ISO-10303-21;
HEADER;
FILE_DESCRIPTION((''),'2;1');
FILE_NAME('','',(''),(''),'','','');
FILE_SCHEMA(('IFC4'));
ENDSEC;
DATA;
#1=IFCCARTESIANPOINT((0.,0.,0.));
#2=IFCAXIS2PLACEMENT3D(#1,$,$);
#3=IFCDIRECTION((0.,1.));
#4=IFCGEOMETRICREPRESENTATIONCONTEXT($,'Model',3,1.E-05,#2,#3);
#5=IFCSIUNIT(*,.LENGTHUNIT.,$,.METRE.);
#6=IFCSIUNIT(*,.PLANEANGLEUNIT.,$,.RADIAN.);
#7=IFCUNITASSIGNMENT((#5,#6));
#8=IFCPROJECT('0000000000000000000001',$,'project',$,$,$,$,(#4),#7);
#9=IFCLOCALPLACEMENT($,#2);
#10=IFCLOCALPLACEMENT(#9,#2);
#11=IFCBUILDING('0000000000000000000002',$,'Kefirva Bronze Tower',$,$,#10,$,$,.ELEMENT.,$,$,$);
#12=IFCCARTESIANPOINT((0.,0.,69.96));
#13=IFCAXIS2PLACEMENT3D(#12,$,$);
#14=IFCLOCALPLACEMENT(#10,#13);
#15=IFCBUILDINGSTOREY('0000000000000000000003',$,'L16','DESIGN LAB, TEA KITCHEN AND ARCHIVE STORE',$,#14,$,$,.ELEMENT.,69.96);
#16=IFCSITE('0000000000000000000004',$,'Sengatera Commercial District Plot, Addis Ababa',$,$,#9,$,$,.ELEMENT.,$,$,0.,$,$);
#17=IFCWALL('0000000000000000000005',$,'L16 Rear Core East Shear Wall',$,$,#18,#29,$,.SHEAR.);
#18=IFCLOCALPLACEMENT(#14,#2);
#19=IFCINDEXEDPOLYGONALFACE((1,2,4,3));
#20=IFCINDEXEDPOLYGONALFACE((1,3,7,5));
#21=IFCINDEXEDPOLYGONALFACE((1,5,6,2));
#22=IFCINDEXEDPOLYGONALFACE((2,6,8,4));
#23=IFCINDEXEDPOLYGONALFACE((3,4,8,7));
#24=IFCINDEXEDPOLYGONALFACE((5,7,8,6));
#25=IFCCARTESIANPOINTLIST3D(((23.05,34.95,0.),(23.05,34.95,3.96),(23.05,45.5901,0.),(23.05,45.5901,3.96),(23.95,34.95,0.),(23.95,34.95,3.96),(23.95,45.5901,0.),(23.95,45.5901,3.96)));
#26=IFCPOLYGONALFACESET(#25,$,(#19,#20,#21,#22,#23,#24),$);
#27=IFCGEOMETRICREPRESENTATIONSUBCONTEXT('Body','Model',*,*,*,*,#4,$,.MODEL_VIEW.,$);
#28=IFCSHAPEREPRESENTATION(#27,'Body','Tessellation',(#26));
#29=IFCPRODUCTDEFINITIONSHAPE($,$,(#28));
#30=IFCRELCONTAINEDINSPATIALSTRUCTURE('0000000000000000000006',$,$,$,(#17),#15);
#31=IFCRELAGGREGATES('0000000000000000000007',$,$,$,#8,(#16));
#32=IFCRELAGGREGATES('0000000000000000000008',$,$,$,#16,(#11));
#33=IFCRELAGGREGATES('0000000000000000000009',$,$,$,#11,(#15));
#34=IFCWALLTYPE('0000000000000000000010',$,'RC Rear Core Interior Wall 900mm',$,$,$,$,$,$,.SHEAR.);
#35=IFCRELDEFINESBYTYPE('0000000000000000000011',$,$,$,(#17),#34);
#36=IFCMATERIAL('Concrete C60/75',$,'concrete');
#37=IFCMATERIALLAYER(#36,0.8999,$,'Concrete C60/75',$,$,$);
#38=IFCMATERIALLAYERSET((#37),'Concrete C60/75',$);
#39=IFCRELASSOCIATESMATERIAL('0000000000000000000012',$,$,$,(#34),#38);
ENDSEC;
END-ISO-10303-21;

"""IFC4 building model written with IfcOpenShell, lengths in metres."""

from ifc_helpers import new_model, si_unit, direction, frame, frame_2d, origin, place, context, subcontext, project, spatial, rectangle, extrude, material, layer, layer_set, type_object, element, save


model = new_model("IFC4")

# Units and contexts
model_context = context("Model", 3, precision=1e-05, world=origin(), true_north=direction((0.0, 1.0)))
body_context = subcontext(model_context, "Body", "Model", "MODEL_VIEW")
ifc_project = project(units=[si_unit("LENGTHUNIT", "METRE"), si_unit("PLANEANGLEUNIT", "RADIAN")], contexts=[model_context])

# Site, building, storey
site_placement = place(None, origin())
site = spatial("IfcSite", under=ifc_project, at=site_placement, Name="Sengatera Commercial District Plot, Addis Ababa", CompositionType="ELEMENT", RefElevation=0.0)
building_placement = place(site_placement, origin())
building = spatial("IfcBuilding", under=site, at=building_placement, Name="Kefirva Bronze Tower", CompositionType="ELEMENT")
storey_placement = place(building_placement, frame((0.0, 0.0, 69.96)))
storey = spatial("IfcBuildingStorey", under=building, at=storey_placement, Name="L16", Description="DESIGN LAB, TEA KITCHEN AND ARCHIVE STORE", CompositionType="ELEMENT", Elevation=69.96)

# Shared definitions
ifc_material_1 = material(Name="Concrete C60/75", Category="concrete")

# Wall
ifc_layer_1 = layer(ifc_material_1, 0.8999, Name="Concrete C60/75")
ifc_layer_set_1 = layer_set([ifc_layer_1], Name="Concrete C60/75")
wall_type_1 = type_object("IfcWallType", Name="RC Rear Core Interior Wall 900mm", PredefinedType="SHEAR", material=ifc_layer_set_1)
wall_1_placement = place(storey_placement, frame((23.5, 34.95, 0.0), z_axis=(0.0, 0.0, 1.0), x_axis=(0.0, 1.0, 0.0)))
element("IfcWall", 1, at=wall_1_placement, inside=storey, type_object=wall_type_1, Name="L16 Rear Core East Shear Wall", PredefinedType="SHEAR", context=body_context, shape_type="SweptSolid", body=[
    extrude(rectangle(XDim=10.6401, YDim=0.8999, at=frame_2d((5.3201, 0.0))), origin(), (0.0, 0.0, 1.0), 3.96),
])

save(model, "model.ifc")
